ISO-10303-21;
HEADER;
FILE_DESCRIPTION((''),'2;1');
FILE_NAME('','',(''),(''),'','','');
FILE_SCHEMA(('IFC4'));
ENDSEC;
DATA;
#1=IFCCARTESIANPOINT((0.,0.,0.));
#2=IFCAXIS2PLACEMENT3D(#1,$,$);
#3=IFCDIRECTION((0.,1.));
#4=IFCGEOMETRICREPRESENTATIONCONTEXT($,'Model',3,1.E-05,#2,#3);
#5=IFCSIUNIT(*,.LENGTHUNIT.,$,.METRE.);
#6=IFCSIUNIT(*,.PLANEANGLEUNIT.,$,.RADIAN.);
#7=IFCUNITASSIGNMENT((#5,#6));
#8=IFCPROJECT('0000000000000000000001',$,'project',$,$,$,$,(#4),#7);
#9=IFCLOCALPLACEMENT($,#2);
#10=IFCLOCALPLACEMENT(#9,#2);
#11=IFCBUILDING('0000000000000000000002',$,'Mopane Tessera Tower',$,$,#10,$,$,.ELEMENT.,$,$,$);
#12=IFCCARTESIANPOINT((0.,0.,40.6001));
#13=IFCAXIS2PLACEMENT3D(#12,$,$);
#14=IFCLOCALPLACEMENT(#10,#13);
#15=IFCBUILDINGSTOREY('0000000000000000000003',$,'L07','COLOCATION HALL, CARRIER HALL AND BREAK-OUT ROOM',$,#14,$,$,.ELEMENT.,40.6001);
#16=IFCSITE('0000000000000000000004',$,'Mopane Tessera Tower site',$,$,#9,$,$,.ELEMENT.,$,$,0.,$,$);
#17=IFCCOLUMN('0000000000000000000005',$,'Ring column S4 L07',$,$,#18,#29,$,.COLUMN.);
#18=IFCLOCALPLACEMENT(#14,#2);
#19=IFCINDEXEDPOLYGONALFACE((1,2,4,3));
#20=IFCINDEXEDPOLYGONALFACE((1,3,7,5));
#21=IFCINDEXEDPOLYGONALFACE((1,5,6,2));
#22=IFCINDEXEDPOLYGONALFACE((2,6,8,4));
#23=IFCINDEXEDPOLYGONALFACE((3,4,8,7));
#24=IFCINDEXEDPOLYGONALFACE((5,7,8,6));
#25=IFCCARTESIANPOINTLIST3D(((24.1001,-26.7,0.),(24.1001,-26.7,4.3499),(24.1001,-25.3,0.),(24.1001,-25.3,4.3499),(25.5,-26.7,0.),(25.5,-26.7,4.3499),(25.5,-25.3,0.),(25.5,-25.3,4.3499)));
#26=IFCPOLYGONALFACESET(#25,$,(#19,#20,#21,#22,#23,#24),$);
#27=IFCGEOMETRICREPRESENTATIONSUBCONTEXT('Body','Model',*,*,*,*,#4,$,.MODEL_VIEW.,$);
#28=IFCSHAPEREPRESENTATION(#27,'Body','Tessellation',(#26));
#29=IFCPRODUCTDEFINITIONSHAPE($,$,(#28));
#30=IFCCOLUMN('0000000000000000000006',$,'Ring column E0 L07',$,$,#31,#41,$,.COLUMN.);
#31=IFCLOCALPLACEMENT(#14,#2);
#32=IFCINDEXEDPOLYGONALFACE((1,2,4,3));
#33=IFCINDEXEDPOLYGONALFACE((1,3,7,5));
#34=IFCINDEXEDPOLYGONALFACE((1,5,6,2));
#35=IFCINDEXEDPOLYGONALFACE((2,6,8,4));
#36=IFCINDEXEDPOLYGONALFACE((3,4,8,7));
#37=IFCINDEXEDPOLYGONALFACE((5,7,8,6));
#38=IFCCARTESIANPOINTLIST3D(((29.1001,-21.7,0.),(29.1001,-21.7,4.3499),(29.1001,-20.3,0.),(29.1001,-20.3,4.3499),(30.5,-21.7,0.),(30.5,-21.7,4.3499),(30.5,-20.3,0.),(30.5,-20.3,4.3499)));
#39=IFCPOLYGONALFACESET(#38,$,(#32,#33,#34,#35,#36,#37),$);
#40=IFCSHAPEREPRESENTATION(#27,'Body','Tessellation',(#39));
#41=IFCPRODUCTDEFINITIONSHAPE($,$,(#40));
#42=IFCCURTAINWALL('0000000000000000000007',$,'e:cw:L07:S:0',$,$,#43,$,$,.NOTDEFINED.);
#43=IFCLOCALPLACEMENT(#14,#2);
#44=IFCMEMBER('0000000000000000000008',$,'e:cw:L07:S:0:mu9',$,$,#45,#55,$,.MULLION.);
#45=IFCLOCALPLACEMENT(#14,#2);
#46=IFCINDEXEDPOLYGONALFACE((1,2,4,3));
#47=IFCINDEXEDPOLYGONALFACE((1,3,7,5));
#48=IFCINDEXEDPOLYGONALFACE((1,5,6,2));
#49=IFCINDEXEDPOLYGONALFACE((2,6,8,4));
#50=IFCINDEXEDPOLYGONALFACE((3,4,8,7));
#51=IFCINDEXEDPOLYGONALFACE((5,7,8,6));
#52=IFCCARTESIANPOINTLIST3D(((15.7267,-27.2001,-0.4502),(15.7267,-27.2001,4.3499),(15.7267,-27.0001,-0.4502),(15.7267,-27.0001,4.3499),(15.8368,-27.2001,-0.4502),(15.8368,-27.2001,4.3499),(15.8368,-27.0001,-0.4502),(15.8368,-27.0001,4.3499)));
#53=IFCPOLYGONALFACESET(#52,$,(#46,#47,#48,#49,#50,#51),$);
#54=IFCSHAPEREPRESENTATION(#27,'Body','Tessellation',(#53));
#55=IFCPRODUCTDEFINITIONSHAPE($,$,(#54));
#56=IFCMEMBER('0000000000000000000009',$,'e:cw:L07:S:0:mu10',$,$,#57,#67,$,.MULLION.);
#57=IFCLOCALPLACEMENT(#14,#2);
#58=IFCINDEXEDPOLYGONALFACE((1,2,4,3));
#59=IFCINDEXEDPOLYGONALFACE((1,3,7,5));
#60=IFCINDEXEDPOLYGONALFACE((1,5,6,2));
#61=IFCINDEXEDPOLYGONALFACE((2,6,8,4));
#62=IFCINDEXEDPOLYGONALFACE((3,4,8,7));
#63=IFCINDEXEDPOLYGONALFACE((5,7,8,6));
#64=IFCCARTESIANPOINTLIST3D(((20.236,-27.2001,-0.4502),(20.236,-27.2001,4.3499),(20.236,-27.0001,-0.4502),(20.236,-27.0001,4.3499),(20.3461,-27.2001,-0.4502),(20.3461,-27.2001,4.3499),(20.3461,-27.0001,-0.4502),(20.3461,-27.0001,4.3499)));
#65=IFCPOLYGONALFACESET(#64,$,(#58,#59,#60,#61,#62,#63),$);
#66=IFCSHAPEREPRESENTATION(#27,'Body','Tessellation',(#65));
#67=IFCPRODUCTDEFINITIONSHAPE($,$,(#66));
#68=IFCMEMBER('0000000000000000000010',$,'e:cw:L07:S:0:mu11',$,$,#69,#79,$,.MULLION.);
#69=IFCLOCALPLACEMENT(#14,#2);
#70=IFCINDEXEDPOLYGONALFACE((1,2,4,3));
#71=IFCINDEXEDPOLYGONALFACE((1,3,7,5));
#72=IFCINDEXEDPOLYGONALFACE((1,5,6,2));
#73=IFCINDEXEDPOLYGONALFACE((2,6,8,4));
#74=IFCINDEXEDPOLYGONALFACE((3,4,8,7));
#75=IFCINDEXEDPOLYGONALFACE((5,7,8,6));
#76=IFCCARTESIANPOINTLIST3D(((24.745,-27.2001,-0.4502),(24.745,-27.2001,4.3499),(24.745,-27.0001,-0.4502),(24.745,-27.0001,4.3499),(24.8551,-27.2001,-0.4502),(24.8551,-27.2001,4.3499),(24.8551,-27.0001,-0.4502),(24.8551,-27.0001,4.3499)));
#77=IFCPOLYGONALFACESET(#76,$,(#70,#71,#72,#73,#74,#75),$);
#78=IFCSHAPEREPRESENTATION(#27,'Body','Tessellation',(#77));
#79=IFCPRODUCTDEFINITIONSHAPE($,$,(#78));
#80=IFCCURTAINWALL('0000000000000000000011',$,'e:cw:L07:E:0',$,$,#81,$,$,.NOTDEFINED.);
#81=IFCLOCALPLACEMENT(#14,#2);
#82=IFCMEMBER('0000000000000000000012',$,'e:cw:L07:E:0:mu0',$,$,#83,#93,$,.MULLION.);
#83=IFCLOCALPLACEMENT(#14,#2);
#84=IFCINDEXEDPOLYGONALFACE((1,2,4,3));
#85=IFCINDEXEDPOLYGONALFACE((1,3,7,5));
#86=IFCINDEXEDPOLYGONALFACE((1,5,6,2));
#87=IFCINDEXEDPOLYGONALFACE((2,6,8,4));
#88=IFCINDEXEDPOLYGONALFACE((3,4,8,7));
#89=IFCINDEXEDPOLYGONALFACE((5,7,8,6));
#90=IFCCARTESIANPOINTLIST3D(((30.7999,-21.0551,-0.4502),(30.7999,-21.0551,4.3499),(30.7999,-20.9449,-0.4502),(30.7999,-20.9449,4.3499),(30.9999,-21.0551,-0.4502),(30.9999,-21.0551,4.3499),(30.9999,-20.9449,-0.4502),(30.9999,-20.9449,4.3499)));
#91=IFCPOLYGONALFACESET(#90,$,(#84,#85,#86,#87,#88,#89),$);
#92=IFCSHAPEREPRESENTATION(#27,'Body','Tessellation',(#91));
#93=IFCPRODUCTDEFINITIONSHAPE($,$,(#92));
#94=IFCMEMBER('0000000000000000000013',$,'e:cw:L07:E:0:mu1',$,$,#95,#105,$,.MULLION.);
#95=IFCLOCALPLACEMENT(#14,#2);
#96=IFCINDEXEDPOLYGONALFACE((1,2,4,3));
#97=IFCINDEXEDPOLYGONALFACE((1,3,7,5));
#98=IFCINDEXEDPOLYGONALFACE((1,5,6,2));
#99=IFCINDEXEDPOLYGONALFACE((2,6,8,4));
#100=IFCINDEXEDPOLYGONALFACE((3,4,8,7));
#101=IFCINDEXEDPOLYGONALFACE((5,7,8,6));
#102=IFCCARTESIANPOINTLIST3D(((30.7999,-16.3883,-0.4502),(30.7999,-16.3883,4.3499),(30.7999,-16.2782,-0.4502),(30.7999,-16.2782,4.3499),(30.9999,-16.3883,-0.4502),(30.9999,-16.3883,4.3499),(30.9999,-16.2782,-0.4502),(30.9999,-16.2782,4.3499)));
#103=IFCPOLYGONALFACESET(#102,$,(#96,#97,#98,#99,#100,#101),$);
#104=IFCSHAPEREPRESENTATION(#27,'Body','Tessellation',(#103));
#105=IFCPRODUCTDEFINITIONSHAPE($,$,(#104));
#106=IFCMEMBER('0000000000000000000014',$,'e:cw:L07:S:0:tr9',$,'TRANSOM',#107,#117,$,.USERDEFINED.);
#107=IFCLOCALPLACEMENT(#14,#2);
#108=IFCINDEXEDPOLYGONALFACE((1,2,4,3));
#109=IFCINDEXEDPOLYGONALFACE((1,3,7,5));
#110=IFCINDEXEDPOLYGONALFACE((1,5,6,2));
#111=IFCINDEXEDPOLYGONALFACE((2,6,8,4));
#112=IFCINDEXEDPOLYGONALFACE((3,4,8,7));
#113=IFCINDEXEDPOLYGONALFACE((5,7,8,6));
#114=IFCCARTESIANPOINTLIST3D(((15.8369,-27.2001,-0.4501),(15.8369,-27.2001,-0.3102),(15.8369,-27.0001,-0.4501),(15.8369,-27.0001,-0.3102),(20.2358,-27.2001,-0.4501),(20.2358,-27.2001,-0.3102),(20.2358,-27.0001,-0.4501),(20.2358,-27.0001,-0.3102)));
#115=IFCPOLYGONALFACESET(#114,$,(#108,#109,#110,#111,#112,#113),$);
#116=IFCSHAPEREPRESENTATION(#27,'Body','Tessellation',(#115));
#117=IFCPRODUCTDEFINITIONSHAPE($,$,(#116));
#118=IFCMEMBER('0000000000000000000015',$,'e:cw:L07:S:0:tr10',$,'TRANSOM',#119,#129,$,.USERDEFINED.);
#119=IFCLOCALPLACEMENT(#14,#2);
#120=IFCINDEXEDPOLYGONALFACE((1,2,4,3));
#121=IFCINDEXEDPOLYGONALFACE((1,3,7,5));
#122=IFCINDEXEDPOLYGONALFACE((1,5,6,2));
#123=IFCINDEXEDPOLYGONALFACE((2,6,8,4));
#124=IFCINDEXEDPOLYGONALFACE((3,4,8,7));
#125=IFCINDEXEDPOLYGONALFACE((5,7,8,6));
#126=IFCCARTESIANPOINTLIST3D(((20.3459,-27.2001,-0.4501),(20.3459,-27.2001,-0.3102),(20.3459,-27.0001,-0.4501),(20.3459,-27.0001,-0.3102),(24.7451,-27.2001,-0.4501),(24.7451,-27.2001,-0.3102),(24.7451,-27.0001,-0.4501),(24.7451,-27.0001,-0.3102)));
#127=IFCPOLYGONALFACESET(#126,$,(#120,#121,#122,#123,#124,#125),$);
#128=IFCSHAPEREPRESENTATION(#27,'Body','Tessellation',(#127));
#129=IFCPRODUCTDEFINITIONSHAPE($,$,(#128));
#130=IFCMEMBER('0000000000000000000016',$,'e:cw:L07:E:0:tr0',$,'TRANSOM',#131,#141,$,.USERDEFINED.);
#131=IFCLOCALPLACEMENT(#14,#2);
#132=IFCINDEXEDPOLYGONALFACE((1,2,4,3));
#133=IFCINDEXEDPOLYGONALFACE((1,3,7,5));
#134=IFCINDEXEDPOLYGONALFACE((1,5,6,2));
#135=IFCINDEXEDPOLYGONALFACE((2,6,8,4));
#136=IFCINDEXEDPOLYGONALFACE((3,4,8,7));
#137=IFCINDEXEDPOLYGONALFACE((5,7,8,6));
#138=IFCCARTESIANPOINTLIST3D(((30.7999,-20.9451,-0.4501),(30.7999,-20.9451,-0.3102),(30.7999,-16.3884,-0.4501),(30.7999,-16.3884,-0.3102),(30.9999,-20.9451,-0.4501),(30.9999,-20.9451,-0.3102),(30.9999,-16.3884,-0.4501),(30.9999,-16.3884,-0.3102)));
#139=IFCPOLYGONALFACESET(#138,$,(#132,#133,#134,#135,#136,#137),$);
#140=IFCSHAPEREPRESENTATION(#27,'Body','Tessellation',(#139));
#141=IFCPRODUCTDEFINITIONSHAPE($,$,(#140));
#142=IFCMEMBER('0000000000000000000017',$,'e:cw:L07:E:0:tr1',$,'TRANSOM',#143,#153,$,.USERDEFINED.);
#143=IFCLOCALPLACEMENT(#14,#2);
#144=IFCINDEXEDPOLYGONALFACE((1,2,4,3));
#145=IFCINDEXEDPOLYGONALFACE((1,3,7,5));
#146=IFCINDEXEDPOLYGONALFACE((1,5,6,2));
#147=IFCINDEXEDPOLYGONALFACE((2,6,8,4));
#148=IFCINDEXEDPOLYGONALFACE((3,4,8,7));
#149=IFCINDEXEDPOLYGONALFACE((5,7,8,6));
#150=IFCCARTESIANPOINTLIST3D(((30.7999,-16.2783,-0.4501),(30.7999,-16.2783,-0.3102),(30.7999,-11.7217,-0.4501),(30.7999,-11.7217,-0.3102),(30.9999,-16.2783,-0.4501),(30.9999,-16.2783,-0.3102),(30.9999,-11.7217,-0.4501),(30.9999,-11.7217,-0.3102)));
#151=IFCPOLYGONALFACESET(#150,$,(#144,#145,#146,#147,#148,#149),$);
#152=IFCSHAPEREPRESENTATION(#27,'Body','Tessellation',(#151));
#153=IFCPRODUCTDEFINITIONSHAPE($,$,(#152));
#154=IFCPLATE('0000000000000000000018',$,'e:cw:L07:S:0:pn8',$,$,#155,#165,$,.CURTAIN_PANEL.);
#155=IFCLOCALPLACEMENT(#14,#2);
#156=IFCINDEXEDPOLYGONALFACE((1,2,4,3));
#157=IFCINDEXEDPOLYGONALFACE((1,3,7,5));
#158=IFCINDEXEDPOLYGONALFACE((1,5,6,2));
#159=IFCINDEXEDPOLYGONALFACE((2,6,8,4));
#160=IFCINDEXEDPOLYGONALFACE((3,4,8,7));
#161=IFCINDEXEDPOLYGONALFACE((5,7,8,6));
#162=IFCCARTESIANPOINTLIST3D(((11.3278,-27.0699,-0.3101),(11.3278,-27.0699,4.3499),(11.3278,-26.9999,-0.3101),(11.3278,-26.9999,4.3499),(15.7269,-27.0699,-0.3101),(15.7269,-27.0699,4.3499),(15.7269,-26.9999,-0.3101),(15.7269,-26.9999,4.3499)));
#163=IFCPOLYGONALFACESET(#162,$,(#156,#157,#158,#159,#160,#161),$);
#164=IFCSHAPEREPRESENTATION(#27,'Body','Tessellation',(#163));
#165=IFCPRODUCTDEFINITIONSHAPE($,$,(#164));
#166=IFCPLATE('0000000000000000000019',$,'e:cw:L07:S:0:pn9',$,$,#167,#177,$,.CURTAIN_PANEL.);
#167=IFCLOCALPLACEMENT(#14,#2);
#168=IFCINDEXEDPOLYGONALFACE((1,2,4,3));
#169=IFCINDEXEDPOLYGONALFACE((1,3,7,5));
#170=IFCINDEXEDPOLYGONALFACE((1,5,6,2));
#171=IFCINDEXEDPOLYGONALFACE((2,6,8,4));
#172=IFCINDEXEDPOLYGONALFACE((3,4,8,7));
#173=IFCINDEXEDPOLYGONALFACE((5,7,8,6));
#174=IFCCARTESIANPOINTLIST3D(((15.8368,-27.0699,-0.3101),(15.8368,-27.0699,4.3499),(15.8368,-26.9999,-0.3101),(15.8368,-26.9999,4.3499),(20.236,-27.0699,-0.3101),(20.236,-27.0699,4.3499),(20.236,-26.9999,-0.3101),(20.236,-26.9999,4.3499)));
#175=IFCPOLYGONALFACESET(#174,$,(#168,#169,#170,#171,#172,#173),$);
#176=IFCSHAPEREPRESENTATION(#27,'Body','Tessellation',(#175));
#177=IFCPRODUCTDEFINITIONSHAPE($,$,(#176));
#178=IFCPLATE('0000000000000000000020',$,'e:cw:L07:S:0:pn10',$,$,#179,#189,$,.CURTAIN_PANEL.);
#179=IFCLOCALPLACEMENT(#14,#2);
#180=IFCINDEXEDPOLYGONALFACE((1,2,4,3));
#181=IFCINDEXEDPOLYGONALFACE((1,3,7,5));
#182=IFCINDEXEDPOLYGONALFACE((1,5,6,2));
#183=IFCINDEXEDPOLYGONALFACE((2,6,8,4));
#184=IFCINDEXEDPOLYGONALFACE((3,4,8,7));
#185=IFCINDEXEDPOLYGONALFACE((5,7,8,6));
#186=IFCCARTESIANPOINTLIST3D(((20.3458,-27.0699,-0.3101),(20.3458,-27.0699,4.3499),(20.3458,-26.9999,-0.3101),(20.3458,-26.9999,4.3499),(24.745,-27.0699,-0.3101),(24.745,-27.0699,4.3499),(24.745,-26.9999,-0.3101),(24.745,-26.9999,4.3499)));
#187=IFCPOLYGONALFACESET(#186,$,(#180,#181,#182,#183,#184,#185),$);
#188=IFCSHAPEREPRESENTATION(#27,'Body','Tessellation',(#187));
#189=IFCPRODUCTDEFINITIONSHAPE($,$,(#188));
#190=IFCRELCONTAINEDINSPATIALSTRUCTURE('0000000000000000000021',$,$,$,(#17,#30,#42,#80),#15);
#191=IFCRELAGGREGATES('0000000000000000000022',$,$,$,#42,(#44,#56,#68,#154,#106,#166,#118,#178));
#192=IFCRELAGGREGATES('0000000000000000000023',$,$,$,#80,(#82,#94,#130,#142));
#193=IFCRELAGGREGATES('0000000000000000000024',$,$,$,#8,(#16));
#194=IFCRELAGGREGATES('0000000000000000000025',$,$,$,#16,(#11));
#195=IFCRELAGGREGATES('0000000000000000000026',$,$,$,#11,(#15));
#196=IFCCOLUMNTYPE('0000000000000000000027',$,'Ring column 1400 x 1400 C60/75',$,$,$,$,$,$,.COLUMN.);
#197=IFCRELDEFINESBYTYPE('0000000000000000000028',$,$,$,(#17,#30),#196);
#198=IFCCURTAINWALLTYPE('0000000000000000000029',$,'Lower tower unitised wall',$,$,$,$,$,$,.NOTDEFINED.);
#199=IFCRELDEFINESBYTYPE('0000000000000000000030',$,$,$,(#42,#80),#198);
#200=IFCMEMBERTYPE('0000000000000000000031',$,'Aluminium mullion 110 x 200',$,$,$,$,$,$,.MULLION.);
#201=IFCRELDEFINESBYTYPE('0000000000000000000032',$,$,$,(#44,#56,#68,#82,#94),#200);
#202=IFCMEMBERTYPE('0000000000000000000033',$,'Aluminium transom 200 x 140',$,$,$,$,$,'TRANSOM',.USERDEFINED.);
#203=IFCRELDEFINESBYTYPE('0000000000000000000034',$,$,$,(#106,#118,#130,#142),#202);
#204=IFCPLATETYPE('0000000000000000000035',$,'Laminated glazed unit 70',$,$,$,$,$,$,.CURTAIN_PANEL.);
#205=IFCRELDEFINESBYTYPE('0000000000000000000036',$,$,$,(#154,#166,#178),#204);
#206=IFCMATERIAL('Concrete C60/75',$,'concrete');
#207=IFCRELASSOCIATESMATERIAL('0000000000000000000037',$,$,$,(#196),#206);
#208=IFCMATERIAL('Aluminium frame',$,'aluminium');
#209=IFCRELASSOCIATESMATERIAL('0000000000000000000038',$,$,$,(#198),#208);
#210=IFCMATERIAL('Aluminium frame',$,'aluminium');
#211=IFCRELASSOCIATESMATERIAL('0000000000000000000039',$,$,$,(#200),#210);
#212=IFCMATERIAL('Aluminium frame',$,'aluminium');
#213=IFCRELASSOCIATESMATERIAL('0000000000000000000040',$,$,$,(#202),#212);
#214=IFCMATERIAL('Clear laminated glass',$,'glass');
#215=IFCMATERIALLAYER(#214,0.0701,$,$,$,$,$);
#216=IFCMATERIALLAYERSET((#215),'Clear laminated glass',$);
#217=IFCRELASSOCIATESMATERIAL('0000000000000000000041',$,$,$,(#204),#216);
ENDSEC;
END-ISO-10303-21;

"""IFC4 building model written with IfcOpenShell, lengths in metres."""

from ifc_helpers import new_model, si_unit, direction, frame, origin, origin_2d, place, context, subcontext, project, spatial, rectangle, extrude, material, layer, layer_set, material_profile, profile_set, type_object, element, aggregate, save


model = new_model("IFC4")

# Units and contexts
model_context = context("Model", 3, precision=1e-05, world=origin(), true_north=direction((0.0, 1.0)))
body_context = subcontext(model_context, "Body", "Model", "MODEL_VIEW")
ifc_project = project(units=[si_unit("LENGTHUNIT", "METRE"), si_unit("PLANEANGLEUNIT", "RADIAN")], contexts=[model_context])

# Site, building, storey
site_placement = place(None, origin())
site = spatial("IfcSite", under=ifc_project, at=site_placement, Name="Mopane Tessera Tower site", CompositionType="ELEMENT", RefElevation=0.0)
building_placement = place(site_placement, origin())
building = spatial("IfcBuilding", under=site, at=building_placement, Name="Mopane Tessera Tower", CompositionType="ELEMENT")
storey_placement = place(building_placement, frame((0.0, 0.0, 40.6001)))
storey = spatial("IfcBuildingStorey", under=building, at=storey_placement, Name="L07", Description="COLOCATION HALL, CARRIER HALL AND BREAK-OUT ROOM", CompositionType="ELEMENT", Elevation=40.6001)

# Columns
ifc_material_1 = material(Name="Concrete C60/75", Category="concrete")
ifc_material_profile_1 = material_profile(ifc_material_1, rectangle(XDim=1.3999, YDim=1.3999, at=origin_2d()))
ifc_profile_set_1 = profile_set([ifc_material_profile_1], Name="Concrete C60/75")
column_type = type_object("IfcColumnType", Name="Ring column 1400 x 1400 C60/75", PredefinedType="COLUMN", material=ifc_profile_set_1)
for number, where, z_axis, x_axis, name in (
    (1, (24.8, -26.0, 0.0), (0.0, 0.0, 1.0), (1.0, 0.0, 0.0), "Ring column S4 L07"),
    (2, (29.8, -21.0, 0.0), (0.0, 0.0, 1.0), (1.0, 0.0, 0.0), "Ring column E0 L07"),
):
    element("IfcColumn", number, at=place(storey_placement, frame(where, z_axis=z_axis, x_axis=x_axis)), inside=storey, type_object=column_type, Name=name, PredefinedType="COLUMN", context=body_context, shape_type="SweptSolid", body=[
        extrude(rectangle(XDim=1.3999, YDim=1.3999, at=origin_2d()), origin(), (0.0, 0.0, 1.0), 4.3499),
    ])

# Curtain walls, members
ifc_material_2 = material(Name="Aluminium frame", Category="aluminium")
curtain_wall_type = type_object("IfcCurtainWallType", Name="Lower tower unitised wall", PredefinedType="NOTDEFINED", material=ifc_material_2)
curtain_wall_1_placement = place(storey_placement, origin())
curtain_wall_1 = element("IfcCurtainWall", 3, at=curtain_wall_1_placement, inside=storey, type_object=curtain_wall_type, Name="e:cw:L07:S:0", PredefinedType="NOTDEFINED")
ifc_material_3 = material(Name="Aluminium frame", Category="aluminium")
ifc_material_profile_2 = material_profile(ifc_material_3, rectangle(XDim=0.1101, YDim=0.2, at=origin_2d()))
ifc_profile_set_2 = profile_set([ifc_material_profile_2], Name="Aluminium frame")
member_type_1 = type_object("IfcMemberType", Name="Aluminium mullion 110 x 200", PredefinedType="MULLION", material=ifc_profile_set_2)
member_1_placement = place(storey_placement, frame((15.7817, -27.1001, -0.4502), z_axis=(0.0, 0.0, 1.0), x_axis=(1.0, 0.0, 0.0)))
member_1 = element("IfcMember", 4, at=member_1_placement, type_object=member_type_1, Name="e:cw:L07:S:0:mu9", PredefinedType="MULLION", context=body_context, shape_type="SweptSolid", body=[
    extrude(rectangle(XDim=0.1101, YDim=0.2, at=origin_2d()), origin(), (0.0, 0.0, 1.0), 4.8),
])
member_2_placement = place(storey_placement, frame((20.291, -27.1001, -0.4502), z_axis=(0.0, 0.0, 1.0), x_axis=(1.0, 0.0, 0.0)))
member_2 = element("IfcMember", 5, at=member_2_placement, type_object=member_type_1, Name="e:cw:L07:S:0:mu10", PredefinedType="MULLION", context=body_context, shape_type="SweptSolid", body=[
    extrude(rectangle(XDim=0.1101, YDim=0.2, at=origin_2d()), origin(), (0.0, 0.0, 1.0), 4.8),
])
member_3_placement = place(storey_placement, frame((24.8, -27.1001, -0.4502), z_axis=(0.0, 0.0, 1.0), x_axis=(1.0, 0.0, 0.0)))
member_3 = element("IfcMember", 6, at=member_3_placement, type_object=member_type_1, Name="e:cw:L07:S:0:mu11", PredefinedType="MULLION", context=body_context, shape_type="SweptSolid", body=[
    extrude(rectangle(XDim=0.1101, YDim=0.2, at=origin_2d()), origin(), (0.0, 0.0, 1.0), 4.8),
])
curtain_wall_2_placement = place(storey_placement, origin())
curtain_wall_2 = element("IfcCurtainWall", 7, at=curtain_wall_2_placement, inside=storey, type_object=curtain_wall_type, Name="e:cw:L07:E:0", PredefinedType="NOTDEFINED")
member_4_placement = place(storey_placement, frame((30.8999, -21.0, -0.4502), z_axis=(0.0, 0.0, 1.0), x_axis=(0.0, 1.0, 0.0)))
member_4 = element("IfcMember", 8, at=member_4_placement, type_object=member_type_1, Name="e:cw:L07:E:0:mu0", PredefinedType="MULLION", context=body_context, shape_type="SweptSolid", body=[
    extrude(rectangle(XDim=0.1101, YDim=0.2, at=origin_2d()), origin(), (0.0, 0.0, 1.0), 4.8),
])
member_5_placement = place(storey_placement, frame((30.8999, -16.3333, -0.4502), z_axis=(0.0, 0.0, 1.0), x_axis=(0.0, 1.0, 0.0)))
member_5 = element("IfcMember", 9, at=member_5_placement, type_object=member_type_1, Name="e:cw:L07:E:0:mu1", PredefinedType="MULLION", context=body_context, shape_type="SweptSolid", body=[
    extrude(rectangle(XDim=0.1101, YDim=0.2, at=origin_2d()), origin(), (0.0, 0.0, 1.0), 4.8),
])

# Members
ifc_material_4 = material(Name="Aluminium frame", Category="aluminium")
ifc_material_profile_3 = material_profile(ifc_material_4, rectangle(XDim=0.2, YDim=0.1399, at=origin_2d()))
ifc_profile_set_3 = profile_set([ifc_material_profile_3], Name="Aluminium frame")
member_type_2 = type_object("IfcMemberType", Name="Aluminium transom 200 x 140", ElementType="TRANSOM", PredefinedType="USERDEFINED", material=ifc_profile_set_3)
member_6_placement = place(storey_placement, frame((15.8369, -27.1001, -0.3801), z_axis=(1.0, 0.0, 0.0), x_axis=(0.0, 1.0, 0.0)))
member_6 = element("IfcMember", 10, at=member_6_placement, type_object=member_type_2, Name="e:cw:L07:S:0:tr9", ObjectType="TRANSOM", PredefinedType="USERDEFINED", context=body_context, shape_type="SweptSolid", body=[
    extrude(rectangle(XDim=0.2, YDim=0.1399, at=origin_2d()), origin(), (0.0, 0.0, 1.0), 4.3989),
])
member_7_placement = place(storey_placement, frame((20.3459, -27.1001, -0.3801), z_axis=(1.0, 0.0, 0.0), x_axis=(0.0, 1.0, 0.0)))
member_7 = element("IfcMember", 11, at=member_7_placement, type_object=member_type_2, Name="e:cw:L07:S:0:tr10", ObjectType="TRANSOM", PredefinedType="USERDEFINED", context=body_context, shape_type="SweptSolid", body=[
    extrude(rectangle(XDim=0.2, YDim=0.1399, at=origin_2d()), origin(), (0.0, 0.0, 1.0), 4.3992),
])
member_8_placement = place(storey_placement, frame((30.8999, -20.9451, -0.3801), z_axis=(0.0, 1.0, 0.0), x_axis=(-1.0, 0.0, 0.0)))
member_8 = element("IfcMember", 12, at=member_8_placement, type_object=member_type_2, Name="e:cw:L07:E:0:tr0", ObjectType="TRANSOM", PredefinedType="USERDEFINED", context=body_context, shape_type="SweptSolid", body=[
    extrude(rectangle(XDim=0.2, YDim=0.1399, at=origin_2d()), origin(), (0.0, 0.0, 1.0), 4.5566),
])
member_9_placement = place(storey_placement, frame((30.8999, -16.2783, -0.3801), z_axis=(0.0, 1.0, 0.0), x_axis=(-1.0, 0.0, 0.0)))
member_9 = element("IfcMember", 13, at=member_9_placement, type_object=member_type_2, Name="e:cw:L07:E:0:tr1", ObjectType="TRANSOM", PredefinedType="USERDEFINED", context=body_context, shape_type="SweptSolid", body=[
    extrude(rectangle(XDim=0.2, YDim=0.1399, at=origin_2d()), origin(), (0.0, 0.0, 1.0), 4.5566),
])

# Plates
ifc_material_5 = material(Name="Clear laminated glass", Category="glass")
ifc_layer_1 = layer(ifc_material_5, 0.0701)
ifc_layer_set_1 = layer_set([ifc_layer_1], Name="Clear laminated glass")
plate_type = type_object("IfcPlateType", Name="Laminated glazed unit 70", PredefinedType="CURTAIN_PANEL", material=ifc_layer_set_1)
plate_1_placement = place(storey_placement, frame((13.5273, -27.0349, -0.3101), z_axis=(0.0, 0.0, 1.0), x_axis=(1.0, 0.0, 0.0)))
plate_1 = element("IfcPlate", 14, at=plate_1_placement, type_object=plate_type, Name="e:cw:L07:S:0:pn8", PredefinedType="CURTAIN_PANEL", context=body_context, shape_type="SweptSolid", body=[
    extrude(rectangle(XDim=4.3992, YDim=0.0701, at=origin_2d()), origin(), (0.0, 0.0, 1.0), 4.6599),
])
plate_2_placement = place(storey_placement, frame((18.0364, -27.0349, -0.3101), z_axis=(0.0, 0.0, 1.0), x_axis=(1.0, 0.0, 0.0)))
plate_2 = element("IfcPlate", 15, at=plate_2_placement, type_object=plate_type, Name="e:cw:L07:S:0:pn9", PredefinedType="CURTAIN_PANEL", context=body_context, shape_type="SweptSolid", body=[
    extrude(rectangle(XDim=4.3992, YDim=0.0701, at=origin_2d()), origin(), (0.0, 0.0, 1.0), 4.6599),
])
plate_3_placement = place(storey_placement, frame((22.5454, -27.0349, -0.3101), z_axis=(0.0, 0.0, 1.0), x_axis=(1.0, 0.0, 0.0)))
plate_3 = element("IfcPlate", 16, at=plate_3_placement, type_object=plate_type, Name="e:cw:L07:S:0:pn10", PredefinedType="CURTAIN_PANEL", context=body_context, shape_type="SweptSolid", body=[
    extrude(rectangle(XDim=4.3992, YDim=0.0701, at=origin_2d()), origin(), (0.0, 0.0, 1.0), 4.6599),
])
aggregate(curtain_wall_1, [member_1, member_2, member_3, plate_1, member_6, plate_2, member_7, plate_3])
aggregate(curtain_wall_2, [member_4, member_5, member_8, member_9])

save(model, "model.ifc")
